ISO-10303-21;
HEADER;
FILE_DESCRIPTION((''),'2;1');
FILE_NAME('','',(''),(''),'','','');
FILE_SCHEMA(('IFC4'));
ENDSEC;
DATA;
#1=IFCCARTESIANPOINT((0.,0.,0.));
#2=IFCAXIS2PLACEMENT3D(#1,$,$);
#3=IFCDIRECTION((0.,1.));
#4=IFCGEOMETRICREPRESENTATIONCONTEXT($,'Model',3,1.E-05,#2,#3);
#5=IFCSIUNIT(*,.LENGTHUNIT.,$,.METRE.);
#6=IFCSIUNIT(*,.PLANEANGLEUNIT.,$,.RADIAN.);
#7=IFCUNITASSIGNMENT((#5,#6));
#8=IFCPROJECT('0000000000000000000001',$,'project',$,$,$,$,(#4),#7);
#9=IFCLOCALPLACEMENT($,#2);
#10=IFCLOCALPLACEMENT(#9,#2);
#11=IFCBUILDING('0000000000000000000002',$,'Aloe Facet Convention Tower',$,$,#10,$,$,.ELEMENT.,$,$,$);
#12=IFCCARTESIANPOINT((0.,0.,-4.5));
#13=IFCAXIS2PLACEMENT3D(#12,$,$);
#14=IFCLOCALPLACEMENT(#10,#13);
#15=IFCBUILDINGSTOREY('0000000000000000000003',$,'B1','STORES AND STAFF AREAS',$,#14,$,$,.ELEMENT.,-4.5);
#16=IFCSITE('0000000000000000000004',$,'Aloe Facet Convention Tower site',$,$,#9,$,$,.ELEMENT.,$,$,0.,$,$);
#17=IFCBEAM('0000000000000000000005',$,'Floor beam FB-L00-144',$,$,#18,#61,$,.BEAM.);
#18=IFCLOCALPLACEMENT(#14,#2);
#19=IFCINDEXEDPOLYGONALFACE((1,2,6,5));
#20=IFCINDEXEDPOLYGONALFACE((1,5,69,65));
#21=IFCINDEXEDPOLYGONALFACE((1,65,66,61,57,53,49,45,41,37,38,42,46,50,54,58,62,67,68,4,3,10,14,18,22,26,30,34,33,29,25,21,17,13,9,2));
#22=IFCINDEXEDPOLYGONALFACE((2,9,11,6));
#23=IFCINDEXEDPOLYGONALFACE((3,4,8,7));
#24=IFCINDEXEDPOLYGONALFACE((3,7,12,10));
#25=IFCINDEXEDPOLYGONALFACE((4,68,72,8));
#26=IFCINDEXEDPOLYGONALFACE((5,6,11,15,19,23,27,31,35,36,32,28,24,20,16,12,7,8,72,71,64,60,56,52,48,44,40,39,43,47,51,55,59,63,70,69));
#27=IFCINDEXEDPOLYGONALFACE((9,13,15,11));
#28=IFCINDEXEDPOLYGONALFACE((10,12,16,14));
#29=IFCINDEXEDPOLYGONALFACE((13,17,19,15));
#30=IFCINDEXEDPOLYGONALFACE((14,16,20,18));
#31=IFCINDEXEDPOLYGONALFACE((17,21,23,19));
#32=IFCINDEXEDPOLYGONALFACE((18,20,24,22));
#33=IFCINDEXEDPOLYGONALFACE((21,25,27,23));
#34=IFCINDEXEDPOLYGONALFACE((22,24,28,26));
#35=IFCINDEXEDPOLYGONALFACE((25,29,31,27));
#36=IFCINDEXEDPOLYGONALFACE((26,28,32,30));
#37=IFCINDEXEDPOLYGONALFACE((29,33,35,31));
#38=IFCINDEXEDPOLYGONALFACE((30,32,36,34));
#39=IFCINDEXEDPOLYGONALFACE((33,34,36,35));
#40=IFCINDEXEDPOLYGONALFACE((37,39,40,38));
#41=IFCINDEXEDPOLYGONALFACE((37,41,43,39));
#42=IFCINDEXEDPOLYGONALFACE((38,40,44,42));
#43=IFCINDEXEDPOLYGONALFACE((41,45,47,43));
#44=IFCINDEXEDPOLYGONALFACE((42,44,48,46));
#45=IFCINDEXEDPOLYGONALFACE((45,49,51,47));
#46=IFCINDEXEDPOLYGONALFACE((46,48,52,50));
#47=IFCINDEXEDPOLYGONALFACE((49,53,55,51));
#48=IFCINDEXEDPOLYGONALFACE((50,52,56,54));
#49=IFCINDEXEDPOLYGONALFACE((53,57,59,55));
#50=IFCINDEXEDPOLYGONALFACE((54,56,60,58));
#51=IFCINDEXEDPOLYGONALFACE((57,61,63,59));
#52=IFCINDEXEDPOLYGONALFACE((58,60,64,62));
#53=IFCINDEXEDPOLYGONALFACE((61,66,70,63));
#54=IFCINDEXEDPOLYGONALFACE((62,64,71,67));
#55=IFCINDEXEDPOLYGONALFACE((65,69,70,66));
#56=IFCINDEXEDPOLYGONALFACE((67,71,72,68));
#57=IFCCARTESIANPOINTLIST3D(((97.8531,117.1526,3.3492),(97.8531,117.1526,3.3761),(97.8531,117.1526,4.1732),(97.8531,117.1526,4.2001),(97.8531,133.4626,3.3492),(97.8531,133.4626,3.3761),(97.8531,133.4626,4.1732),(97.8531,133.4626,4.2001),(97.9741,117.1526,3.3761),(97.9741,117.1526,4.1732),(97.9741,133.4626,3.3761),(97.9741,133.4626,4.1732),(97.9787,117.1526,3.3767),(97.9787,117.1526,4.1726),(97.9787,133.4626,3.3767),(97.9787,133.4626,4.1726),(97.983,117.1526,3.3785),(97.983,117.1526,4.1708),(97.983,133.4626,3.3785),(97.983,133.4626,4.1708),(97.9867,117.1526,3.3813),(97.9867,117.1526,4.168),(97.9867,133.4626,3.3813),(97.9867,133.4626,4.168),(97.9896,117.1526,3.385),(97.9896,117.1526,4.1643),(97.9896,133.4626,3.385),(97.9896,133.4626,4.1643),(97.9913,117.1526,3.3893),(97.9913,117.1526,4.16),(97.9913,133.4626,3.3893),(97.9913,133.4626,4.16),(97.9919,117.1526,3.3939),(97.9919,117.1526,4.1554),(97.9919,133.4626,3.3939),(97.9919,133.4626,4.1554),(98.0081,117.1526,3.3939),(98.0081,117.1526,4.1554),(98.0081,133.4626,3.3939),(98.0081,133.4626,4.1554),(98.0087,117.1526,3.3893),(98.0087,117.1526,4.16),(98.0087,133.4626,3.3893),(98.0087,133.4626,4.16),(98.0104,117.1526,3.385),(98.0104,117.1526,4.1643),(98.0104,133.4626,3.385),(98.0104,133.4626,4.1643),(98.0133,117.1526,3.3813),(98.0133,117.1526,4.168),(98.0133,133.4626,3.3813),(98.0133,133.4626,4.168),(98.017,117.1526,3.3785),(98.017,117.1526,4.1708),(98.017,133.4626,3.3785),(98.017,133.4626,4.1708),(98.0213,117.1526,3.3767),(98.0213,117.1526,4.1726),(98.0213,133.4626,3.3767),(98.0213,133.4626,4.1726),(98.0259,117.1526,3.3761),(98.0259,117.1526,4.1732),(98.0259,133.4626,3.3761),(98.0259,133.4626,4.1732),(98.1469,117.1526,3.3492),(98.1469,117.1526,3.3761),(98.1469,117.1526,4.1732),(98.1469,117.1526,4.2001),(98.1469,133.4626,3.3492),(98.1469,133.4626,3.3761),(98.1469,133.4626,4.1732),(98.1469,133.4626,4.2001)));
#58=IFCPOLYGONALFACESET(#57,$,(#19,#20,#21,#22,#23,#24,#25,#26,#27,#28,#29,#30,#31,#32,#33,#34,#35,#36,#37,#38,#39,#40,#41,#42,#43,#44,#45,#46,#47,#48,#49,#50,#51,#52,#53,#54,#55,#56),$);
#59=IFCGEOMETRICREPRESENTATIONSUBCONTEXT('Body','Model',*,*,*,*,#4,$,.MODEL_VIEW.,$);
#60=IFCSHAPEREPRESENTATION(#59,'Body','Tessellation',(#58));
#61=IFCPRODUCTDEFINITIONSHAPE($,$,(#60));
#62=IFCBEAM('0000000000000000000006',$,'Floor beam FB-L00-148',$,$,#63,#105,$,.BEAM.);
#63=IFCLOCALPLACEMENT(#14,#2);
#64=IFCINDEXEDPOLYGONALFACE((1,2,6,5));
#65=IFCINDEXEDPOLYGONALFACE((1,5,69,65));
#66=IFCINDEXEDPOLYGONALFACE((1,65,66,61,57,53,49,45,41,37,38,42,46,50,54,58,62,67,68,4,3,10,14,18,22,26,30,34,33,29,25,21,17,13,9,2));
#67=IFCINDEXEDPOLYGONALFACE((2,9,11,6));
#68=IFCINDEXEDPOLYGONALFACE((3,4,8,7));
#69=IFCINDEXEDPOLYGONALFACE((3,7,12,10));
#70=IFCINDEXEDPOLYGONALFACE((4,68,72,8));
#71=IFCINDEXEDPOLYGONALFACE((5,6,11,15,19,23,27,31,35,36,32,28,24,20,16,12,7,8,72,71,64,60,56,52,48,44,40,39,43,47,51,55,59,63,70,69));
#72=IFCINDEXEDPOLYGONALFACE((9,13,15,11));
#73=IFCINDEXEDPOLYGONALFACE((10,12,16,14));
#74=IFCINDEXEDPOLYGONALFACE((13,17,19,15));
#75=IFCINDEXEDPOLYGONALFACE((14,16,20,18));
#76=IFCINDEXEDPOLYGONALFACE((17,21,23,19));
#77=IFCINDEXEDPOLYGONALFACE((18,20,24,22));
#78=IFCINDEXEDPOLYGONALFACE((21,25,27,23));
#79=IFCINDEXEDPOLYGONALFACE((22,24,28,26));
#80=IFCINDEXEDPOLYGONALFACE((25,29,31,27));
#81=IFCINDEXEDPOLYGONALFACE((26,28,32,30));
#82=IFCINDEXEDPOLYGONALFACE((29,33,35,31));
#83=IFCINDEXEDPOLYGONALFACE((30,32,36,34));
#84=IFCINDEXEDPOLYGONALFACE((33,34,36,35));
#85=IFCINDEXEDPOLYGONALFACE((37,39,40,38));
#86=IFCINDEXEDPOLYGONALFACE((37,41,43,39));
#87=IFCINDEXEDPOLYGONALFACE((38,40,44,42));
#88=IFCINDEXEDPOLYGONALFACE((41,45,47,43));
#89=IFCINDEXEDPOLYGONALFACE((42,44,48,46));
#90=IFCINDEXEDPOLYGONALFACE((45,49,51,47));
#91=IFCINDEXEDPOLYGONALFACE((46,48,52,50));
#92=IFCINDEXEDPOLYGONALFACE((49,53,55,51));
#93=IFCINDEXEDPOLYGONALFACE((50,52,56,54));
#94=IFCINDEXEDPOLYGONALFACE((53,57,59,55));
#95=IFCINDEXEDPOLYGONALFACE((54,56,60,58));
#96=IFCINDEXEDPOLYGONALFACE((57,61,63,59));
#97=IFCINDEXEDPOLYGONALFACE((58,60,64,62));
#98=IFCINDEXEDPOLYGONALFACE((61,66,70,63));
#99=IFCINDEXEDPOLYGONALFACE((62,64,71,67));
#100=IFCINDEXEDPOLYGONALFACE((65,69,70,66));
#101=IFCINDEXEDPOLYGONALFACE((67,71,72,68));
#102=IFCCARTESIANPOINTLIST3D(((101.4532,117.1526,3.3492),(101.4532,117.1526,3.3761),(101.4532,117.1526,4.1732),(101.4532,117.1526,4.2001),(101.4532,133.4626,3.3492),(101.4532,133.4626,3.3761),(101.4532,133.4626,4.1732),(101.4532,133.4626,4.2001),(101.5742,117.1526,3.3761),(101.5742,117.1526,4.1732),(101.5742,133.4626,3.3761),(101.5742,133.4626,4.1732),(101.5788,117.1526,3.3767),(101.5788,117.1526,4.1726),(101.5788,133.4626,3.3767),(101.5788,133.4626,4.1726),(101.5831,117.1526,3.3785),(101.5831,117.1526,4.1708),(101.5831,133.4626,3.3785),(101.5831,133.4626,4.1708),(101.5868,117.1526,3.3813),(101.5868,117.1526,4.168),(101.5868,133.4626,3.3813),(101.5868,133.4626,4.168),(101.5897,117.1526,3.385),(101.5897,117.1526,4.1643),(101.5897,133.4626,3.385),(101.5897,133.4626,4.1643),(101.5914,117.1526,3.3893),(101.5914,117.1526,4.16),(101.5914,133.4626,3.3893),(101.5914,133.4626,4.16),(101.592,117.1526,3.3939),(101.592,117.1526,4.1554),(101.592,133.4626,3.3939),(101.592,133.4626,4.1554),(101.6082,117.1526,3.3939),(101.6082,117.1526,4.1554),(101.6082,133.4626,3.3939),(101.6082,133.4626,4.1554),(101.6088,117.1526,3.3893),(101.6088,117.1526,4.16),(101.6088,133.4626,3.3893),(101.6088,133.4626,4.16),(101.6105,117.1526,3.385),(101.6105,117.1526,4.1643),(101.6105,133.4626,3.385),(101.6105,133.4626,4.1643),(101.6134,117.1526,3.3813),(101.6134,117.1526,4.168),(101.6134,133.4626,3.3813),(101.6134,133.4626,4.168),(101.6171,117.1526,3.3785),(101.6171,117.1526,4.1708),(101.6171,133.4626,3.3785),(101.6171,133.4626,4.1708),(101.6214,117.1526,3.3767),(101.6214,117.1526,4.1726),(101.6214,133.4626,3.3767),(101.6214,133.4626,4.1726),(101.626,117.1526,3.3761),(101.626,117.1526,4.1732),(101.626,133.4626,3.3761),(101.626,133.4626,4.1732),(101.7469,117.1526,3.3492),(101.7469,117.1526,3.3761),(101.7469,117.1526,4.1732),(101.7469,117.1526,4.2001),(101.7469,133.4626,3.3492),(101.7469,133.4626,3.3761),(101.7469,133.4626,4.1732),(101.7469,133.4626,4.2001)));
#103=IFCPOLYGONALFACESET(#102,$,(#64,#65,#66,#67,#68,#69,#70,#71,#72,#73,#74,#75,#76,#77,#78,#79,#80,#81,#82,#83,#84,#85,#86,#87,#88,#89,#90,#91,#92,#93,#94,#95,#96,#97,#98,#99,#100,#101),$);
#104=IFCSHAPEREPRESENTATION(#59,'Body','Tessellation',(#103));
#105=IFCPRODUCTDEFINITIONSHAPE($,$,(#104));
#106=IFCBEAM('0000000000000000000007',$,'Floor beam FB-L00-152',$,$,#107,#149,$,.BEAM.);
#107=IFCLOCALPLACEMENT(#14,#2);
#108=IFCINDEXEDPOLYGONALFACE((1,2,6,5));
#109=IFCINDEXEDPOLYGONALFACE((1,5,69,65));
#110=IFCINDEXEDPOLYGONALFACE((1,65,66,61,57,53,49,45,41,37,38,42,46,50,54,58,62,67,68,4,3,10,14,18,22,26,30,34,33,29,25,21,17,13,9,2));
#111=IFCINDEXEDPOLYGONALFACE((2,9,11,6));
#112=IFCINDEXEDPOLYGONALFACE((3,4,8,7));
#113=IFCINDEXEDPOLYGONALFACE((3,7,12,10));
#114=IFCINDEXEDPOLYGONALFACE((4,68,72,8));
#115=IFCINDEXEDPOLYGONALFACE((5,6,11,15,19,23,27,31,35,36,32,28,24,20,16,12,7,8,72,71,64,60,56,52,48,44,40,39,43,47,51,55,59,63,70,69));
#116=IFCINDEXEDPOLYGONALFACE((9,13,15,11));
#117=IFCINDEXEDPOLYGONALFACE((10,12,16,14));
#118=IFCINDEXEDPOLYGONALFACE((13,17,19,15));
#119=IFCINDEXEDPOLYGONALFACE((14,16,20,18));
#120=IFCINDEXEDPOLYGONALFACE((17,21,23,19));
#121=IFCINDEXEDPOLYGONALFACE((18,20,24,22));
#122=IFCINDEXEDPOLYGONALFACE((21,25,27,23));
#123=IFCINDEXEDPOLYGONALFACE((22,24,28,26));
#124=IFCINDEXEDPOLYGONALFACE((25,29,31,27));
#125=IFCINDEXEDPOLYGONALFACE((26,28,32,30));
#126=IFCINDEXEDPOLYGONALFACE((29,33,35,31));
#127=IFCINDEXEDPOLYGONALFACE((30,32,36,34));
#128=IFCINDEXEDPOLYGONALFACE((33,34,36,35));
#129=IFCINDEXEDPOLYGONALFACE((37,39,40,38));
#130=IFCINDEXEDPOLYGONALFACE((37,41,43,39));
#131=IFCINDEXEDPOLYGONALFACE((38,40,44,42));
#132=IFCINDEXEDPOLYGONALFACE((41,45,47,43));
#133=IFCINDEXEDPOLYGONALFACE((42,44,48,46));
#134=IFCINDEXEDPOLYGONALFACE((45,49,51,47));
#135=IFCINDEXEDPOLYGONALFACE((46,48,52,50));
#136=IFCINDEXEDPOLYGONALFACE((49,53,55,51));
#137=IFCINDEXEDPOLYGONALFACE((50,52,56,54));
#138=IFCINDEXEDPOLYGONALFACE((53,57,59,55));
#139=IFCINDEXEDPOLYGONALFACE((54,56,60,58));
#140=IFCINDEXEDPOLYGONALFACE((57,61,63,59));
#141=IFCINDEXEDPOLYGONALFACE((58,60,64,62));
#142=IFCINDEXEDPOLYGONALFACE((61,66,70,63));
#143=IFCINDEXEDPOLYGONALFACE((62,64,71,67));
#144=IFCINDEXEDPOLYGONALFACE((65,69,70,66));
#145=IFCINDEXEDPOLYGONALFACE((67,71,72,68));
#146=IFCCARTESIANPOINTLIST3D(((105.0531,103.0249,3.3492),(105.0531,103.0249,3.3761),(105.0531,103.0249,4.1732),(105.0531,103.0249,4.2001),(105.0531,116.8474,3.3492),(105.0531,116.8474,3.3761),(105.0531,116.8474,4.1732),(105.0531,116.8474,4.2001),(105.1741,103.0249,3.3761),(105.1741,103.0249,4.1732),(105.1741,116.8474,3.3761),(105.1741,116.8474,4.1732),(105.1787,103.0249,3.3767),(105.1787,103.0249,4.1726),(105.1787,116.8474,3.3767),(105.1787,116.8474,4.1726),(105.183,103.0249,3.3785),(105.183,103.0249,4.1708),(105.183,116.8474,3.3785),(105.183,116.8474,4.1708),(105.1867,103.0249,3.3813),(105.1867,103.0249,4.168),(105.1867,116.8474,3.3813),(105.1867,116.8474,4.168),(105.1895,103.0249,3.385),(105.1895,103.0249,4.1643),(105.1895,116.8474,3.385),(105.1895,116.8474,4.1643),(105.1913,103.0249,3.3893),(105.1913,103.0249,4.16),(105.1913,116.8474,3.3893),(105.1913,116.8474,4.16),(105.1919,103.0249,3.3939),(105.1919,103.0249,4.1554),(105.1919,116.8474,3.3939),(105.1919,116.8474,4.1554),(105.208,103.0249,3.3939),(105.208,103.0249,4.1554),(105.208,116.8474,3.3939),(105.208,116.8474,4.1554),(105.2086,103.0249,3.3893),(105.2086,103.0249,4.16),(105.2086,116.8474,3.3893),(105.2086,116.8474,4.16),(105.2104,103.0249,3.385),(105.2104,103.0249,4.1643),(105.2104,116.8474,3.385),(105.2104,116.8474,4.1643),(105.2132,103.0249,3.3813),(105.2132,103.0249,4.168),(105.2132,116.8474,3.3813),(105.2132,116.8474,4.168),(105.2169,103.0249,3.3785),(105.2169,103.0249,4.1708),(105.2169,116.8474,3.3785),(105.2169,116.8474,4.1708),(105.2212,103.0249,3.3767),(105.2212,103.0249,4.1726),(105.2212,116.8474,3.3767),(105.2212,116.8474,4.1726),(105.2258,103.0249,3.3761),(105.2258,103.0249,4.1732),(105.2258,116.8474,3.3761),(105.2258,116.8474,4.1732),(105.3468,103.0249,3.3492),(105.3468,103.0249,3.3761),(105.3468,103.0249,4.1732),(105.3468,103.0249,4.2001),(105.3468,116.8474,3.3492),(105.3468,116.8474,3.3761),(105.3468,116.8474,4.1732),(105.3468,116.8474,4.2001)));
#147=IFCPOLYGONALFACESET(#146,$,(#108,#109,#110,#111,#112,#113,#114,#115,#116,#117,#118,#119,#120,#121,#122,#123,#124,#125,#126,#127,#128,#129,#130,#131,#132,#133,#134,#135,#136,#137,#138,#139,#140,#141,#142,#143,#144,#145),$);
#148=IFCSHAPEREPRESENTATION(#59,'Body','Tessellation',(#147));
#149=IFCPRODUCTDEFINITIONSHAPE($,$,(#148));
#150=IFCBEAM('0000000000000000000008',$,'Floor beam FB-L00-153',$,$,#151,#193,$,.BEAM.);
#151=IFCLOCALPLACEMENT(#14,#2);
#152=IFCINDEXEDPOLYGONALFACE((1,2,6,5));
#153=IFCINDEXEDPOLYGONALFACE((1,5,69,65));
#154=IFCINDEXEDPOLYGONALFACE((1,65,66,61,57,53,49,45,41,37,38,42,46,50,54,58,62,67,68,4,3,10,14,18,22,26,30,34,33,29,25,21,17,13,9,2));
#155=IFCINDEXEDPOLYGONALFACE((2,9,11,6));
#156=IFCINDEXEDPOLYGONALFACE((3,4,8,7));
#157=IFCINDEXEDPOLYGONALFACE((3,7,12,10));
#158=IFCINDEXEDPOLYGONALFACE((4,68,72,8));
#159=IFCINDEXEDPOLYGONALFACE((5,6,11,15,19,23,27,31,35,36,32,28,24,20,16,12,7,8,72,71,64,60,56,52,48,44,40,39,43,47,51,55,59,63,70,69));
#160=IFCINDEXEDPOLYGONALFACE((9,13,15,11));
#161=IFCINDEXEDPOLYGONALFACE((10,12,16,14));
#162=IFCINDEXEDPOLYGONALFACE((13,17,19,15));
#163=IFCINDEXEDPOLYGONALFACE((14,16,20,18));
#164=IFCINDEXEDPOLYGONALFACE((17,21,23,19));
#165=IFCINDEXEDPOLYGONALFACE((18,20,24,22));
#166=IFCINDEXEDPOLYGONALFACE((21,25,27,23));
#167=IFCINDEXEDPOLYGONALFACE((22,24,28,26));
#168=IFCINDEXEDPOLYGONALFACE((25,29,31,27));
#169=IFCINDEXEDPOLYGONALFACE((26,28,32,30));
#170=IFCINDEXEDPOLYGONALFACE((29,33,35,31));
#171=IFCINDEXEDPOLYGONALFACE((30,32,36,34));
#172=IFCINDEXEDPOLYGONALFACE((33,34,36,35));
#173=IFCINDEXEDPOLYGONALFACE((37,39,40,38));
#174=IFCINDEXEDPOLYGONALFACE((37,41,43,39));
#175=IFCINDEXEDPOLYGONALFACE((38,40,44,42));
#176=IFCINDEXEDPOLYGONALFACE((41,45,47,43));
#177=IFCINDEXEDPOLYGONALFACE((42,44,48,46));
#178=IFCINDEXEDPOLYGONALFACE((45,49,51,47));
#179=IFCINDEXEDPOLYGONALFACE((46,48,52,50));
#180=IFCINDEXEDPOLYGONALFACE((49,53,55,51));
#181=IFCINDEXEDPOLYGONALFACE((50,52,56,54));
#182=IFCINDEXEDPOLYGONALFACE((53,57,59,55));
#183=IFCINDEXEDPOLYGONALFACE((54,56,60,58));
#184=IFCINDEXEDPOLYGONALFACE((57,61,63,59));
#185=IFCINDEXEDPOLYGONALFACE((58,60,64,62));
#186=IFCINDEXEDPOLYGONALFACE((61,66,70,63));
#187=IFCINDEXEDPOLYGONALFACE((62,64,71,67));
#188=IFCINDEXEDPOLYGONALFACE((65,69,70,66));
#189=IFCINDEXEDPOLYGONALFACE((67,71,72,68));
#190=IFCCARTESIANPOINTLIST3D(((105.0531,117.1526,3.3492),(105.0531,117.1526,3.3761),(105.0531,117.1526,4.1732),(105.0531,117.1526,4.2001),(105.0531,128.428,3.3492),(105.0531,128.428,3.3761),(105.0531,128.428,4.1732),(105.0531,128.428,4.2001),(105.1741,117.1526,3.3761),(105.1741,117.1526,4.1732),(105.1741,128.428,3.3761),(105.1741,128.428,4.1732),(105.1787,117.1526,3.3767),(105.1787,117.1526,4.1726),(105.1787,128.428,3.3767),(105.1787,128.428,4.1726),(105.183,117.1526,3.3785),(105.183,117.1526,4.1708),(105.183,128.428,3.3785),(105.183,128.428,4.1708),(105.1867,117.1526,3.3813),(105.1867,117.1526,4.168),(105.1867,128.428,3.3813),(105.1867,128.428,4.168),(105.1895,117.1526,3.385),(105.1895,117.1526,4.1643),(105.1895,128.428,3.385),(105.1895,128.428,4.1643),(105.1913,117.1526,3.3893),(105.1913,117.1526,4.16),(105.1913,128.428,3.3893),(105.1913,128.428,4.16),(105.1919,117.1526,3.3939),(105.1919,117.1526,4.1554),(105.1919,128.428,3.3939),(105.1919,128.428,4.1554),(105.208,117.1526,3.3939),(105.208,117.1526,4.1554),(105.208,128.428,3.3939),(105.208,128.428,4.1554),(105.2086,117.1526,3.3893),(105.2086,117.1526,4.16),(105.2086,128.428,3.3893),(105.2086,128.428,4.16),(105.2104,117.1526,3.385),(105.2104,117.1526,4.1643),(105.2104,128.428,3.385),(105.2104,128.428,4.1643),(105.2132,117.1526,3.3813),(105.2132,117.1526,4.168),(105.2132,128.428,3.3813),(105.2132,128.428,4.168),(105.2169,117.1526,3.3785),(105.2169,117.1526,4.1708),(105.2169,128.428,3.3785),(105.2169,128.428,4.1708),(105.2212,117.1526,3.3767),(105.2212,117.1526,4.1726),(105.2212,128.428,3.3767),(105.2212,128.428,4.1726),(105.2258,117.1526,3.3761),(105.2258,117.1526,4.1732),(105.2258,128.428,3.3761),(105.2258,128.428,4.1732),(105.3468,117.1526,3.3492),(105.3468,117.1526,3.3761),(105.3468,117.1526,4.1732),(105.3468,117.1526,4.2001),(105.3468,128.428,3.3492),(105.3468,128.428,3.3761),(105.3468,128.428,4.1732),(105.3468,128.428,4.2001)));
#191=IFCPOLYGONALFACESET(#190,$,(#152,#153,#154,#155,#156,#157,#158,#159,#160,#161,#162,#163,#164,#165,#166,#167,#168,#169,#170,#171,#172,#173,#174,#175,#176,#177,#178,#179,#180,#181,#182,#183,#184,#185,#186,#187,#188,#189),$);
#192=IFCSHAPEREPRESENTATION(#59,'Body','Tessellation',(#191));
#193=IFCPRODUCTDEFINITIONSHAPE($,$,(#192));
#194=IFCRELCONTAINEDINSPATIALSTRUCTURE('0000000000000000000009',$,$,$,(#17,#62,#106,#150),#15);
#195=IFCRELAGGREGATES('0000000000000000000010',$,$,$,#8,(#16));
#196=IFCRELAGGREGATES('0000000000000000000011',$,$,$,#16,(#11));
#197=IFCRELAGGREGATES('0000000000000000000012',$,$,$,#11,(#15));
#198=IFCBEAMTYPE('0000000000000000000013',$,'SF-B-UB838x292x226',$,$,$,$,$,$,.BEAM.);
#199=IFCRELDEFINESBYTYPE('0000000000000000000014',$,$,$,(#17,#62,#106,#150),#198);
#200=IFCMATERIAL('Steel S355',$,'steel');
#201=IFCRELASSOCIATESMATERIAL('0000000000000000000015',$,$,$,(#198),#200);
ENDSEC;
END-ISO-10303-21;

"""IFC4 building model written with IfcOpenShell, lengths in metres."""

from ifc_helpers import new_model, si_unit, direction, frame, origin, origin_2d, place, context, subcontext, project, spatial, i_section, extrude, material, material_profile, profile_set, type_object, element, save


model = new_model("IFC4")

# Units and contexts
model_context = context("Model", 3, precision=1e-05, world=origin(), true_north=direction((0.0, 1.0)))
body_context = subcontext(model_context, "Body", "Model", "MODEL_VIEW")
ifc_project = project(units=[si_unit("LENGTHUNIT", "METRE"), si_unit("PLANEANGLEUNIT", "RADIAN")], contexts=[model_context])

# Site, building, storey
site_placement = place(None, origin())
site = spatial("IfcSite", under=ifc_project, at=site_placement, Name="Aloe Facet Convention Tower site", CompositionType="ELEMENT", RefElevation=0.0)
building_placement = place(site_placement, origin())
building = spatial("IfcBuilding", under=site, at=building_placement, Name="Aloe Facet Convention Tower", CompositionType="ELEMENT")
storey_placement = place(building_placement, frame((0.0, 0.0, -4.5)))
storey = spatial("IfcBuildingStorey", under=building, at=storey_placement, Name="B1", Description="STORES AND STAFF AREAS", CompositionType="ELEMENT", Elevation=-4.5)

# Beams
ifc_material_1 = material(Name="Steel S355", Category="steel")
ifc_material_profile_1 = material_profile(ifc_material_1, i_section(OverallWidth=0.2937, OverallDepth=0.8508, WebThickness=0.0161, FlangeThickness=0.0269, FilletRadius=0.0178, at=origin_2d()), Name="UB 838x292x226")
ifc_profile_set_1 = profile_set([ifc_material_profile_1], Name="Steel S355")
beam_type_1 = type_object("IfcBeamType", Name="SF-B-UB838x292x226", PredefinedType="BEAM", material=ifc_profile_set_1)
for number, where, z_axis, x_axis, name in (
    (1, (98.0, 117.1526, 3.7747), (0.0, 1.0, 0.0), (-1.0, 0.0, 0.0), "Floor beam FB-L00-144"),
    (2, (101.6001, 117.1526, 3.7747), (0.0, 1.0, 0.0), (-1.0, 0.0, 0.0), "Floor beam FB-L00-148"),
):
    element("IfcBeam", number, at=place(storey_placement, frame(where, z_axis=z_axis, x_axis=x_axis)), inside=storey, type_object=beam_type_1, Name=name, PredefinedType="BEAM", context=body_context, shape_type="SweptSolid", body=[
        extrude(i_section(OverallWidth=0.2937, OverallDepth=0.8508, WebThickness=0.0161, FlangeThickness=0.0269, FilletRadius=0.0178, at=origin_2d()), origin(), (0.0, 0.0, 1.0), 16.3101),
    ])
beam_1_placement = place(storey_placement, frame((105.2, 103.0249, 3.7747), z_axis=(0.0, 1.0, 0.0), x_axis=(-1.0, 0.0, 0.0)))
element("IfcBeam", 3, at=beam_1_placement, inside=storey, type_object=beam_type_1, Name="Floor beam FB-L00-152", PredefinedType="BEAM", context=body_context, shape_type="SweptSolid", body=[
    extrude(i_section(OverallWidth=0.2937, OverallDepth=0.8508, WebThickness=0.0161, FlangeThickness=0.0269, FilletRadius=0.0178, at=origin_2d()), origin(), (0.0, 0.0, 1.0), 13.8225),
])
beam_2_placement = place(storey_placement, frame((105.2, 117.1526, 3.7747), z_axis=(0.0, 1.0, 0.0), x_axis=(-1.0, 0.0, 0.0)))
element("IfcBeam", 4, at=beam_2_placement, inside=storey, type_object=beam_type_1, Name="Floor beam FB-L00-153", PredefinedType="BEAM", context=body_context, shape_type="SweptSolid", body=[
    extrude(i_section(OverallWidth=0.2937, OverallDepth=0.8508, WebThickness=0.0161, FlangeThickness=0.0269, FilletRadius=0.0178, at=origin_2d()), origin(), (0.0, 0.0, 1.0), 11.2754),
])

save(model, "model.ifc")
